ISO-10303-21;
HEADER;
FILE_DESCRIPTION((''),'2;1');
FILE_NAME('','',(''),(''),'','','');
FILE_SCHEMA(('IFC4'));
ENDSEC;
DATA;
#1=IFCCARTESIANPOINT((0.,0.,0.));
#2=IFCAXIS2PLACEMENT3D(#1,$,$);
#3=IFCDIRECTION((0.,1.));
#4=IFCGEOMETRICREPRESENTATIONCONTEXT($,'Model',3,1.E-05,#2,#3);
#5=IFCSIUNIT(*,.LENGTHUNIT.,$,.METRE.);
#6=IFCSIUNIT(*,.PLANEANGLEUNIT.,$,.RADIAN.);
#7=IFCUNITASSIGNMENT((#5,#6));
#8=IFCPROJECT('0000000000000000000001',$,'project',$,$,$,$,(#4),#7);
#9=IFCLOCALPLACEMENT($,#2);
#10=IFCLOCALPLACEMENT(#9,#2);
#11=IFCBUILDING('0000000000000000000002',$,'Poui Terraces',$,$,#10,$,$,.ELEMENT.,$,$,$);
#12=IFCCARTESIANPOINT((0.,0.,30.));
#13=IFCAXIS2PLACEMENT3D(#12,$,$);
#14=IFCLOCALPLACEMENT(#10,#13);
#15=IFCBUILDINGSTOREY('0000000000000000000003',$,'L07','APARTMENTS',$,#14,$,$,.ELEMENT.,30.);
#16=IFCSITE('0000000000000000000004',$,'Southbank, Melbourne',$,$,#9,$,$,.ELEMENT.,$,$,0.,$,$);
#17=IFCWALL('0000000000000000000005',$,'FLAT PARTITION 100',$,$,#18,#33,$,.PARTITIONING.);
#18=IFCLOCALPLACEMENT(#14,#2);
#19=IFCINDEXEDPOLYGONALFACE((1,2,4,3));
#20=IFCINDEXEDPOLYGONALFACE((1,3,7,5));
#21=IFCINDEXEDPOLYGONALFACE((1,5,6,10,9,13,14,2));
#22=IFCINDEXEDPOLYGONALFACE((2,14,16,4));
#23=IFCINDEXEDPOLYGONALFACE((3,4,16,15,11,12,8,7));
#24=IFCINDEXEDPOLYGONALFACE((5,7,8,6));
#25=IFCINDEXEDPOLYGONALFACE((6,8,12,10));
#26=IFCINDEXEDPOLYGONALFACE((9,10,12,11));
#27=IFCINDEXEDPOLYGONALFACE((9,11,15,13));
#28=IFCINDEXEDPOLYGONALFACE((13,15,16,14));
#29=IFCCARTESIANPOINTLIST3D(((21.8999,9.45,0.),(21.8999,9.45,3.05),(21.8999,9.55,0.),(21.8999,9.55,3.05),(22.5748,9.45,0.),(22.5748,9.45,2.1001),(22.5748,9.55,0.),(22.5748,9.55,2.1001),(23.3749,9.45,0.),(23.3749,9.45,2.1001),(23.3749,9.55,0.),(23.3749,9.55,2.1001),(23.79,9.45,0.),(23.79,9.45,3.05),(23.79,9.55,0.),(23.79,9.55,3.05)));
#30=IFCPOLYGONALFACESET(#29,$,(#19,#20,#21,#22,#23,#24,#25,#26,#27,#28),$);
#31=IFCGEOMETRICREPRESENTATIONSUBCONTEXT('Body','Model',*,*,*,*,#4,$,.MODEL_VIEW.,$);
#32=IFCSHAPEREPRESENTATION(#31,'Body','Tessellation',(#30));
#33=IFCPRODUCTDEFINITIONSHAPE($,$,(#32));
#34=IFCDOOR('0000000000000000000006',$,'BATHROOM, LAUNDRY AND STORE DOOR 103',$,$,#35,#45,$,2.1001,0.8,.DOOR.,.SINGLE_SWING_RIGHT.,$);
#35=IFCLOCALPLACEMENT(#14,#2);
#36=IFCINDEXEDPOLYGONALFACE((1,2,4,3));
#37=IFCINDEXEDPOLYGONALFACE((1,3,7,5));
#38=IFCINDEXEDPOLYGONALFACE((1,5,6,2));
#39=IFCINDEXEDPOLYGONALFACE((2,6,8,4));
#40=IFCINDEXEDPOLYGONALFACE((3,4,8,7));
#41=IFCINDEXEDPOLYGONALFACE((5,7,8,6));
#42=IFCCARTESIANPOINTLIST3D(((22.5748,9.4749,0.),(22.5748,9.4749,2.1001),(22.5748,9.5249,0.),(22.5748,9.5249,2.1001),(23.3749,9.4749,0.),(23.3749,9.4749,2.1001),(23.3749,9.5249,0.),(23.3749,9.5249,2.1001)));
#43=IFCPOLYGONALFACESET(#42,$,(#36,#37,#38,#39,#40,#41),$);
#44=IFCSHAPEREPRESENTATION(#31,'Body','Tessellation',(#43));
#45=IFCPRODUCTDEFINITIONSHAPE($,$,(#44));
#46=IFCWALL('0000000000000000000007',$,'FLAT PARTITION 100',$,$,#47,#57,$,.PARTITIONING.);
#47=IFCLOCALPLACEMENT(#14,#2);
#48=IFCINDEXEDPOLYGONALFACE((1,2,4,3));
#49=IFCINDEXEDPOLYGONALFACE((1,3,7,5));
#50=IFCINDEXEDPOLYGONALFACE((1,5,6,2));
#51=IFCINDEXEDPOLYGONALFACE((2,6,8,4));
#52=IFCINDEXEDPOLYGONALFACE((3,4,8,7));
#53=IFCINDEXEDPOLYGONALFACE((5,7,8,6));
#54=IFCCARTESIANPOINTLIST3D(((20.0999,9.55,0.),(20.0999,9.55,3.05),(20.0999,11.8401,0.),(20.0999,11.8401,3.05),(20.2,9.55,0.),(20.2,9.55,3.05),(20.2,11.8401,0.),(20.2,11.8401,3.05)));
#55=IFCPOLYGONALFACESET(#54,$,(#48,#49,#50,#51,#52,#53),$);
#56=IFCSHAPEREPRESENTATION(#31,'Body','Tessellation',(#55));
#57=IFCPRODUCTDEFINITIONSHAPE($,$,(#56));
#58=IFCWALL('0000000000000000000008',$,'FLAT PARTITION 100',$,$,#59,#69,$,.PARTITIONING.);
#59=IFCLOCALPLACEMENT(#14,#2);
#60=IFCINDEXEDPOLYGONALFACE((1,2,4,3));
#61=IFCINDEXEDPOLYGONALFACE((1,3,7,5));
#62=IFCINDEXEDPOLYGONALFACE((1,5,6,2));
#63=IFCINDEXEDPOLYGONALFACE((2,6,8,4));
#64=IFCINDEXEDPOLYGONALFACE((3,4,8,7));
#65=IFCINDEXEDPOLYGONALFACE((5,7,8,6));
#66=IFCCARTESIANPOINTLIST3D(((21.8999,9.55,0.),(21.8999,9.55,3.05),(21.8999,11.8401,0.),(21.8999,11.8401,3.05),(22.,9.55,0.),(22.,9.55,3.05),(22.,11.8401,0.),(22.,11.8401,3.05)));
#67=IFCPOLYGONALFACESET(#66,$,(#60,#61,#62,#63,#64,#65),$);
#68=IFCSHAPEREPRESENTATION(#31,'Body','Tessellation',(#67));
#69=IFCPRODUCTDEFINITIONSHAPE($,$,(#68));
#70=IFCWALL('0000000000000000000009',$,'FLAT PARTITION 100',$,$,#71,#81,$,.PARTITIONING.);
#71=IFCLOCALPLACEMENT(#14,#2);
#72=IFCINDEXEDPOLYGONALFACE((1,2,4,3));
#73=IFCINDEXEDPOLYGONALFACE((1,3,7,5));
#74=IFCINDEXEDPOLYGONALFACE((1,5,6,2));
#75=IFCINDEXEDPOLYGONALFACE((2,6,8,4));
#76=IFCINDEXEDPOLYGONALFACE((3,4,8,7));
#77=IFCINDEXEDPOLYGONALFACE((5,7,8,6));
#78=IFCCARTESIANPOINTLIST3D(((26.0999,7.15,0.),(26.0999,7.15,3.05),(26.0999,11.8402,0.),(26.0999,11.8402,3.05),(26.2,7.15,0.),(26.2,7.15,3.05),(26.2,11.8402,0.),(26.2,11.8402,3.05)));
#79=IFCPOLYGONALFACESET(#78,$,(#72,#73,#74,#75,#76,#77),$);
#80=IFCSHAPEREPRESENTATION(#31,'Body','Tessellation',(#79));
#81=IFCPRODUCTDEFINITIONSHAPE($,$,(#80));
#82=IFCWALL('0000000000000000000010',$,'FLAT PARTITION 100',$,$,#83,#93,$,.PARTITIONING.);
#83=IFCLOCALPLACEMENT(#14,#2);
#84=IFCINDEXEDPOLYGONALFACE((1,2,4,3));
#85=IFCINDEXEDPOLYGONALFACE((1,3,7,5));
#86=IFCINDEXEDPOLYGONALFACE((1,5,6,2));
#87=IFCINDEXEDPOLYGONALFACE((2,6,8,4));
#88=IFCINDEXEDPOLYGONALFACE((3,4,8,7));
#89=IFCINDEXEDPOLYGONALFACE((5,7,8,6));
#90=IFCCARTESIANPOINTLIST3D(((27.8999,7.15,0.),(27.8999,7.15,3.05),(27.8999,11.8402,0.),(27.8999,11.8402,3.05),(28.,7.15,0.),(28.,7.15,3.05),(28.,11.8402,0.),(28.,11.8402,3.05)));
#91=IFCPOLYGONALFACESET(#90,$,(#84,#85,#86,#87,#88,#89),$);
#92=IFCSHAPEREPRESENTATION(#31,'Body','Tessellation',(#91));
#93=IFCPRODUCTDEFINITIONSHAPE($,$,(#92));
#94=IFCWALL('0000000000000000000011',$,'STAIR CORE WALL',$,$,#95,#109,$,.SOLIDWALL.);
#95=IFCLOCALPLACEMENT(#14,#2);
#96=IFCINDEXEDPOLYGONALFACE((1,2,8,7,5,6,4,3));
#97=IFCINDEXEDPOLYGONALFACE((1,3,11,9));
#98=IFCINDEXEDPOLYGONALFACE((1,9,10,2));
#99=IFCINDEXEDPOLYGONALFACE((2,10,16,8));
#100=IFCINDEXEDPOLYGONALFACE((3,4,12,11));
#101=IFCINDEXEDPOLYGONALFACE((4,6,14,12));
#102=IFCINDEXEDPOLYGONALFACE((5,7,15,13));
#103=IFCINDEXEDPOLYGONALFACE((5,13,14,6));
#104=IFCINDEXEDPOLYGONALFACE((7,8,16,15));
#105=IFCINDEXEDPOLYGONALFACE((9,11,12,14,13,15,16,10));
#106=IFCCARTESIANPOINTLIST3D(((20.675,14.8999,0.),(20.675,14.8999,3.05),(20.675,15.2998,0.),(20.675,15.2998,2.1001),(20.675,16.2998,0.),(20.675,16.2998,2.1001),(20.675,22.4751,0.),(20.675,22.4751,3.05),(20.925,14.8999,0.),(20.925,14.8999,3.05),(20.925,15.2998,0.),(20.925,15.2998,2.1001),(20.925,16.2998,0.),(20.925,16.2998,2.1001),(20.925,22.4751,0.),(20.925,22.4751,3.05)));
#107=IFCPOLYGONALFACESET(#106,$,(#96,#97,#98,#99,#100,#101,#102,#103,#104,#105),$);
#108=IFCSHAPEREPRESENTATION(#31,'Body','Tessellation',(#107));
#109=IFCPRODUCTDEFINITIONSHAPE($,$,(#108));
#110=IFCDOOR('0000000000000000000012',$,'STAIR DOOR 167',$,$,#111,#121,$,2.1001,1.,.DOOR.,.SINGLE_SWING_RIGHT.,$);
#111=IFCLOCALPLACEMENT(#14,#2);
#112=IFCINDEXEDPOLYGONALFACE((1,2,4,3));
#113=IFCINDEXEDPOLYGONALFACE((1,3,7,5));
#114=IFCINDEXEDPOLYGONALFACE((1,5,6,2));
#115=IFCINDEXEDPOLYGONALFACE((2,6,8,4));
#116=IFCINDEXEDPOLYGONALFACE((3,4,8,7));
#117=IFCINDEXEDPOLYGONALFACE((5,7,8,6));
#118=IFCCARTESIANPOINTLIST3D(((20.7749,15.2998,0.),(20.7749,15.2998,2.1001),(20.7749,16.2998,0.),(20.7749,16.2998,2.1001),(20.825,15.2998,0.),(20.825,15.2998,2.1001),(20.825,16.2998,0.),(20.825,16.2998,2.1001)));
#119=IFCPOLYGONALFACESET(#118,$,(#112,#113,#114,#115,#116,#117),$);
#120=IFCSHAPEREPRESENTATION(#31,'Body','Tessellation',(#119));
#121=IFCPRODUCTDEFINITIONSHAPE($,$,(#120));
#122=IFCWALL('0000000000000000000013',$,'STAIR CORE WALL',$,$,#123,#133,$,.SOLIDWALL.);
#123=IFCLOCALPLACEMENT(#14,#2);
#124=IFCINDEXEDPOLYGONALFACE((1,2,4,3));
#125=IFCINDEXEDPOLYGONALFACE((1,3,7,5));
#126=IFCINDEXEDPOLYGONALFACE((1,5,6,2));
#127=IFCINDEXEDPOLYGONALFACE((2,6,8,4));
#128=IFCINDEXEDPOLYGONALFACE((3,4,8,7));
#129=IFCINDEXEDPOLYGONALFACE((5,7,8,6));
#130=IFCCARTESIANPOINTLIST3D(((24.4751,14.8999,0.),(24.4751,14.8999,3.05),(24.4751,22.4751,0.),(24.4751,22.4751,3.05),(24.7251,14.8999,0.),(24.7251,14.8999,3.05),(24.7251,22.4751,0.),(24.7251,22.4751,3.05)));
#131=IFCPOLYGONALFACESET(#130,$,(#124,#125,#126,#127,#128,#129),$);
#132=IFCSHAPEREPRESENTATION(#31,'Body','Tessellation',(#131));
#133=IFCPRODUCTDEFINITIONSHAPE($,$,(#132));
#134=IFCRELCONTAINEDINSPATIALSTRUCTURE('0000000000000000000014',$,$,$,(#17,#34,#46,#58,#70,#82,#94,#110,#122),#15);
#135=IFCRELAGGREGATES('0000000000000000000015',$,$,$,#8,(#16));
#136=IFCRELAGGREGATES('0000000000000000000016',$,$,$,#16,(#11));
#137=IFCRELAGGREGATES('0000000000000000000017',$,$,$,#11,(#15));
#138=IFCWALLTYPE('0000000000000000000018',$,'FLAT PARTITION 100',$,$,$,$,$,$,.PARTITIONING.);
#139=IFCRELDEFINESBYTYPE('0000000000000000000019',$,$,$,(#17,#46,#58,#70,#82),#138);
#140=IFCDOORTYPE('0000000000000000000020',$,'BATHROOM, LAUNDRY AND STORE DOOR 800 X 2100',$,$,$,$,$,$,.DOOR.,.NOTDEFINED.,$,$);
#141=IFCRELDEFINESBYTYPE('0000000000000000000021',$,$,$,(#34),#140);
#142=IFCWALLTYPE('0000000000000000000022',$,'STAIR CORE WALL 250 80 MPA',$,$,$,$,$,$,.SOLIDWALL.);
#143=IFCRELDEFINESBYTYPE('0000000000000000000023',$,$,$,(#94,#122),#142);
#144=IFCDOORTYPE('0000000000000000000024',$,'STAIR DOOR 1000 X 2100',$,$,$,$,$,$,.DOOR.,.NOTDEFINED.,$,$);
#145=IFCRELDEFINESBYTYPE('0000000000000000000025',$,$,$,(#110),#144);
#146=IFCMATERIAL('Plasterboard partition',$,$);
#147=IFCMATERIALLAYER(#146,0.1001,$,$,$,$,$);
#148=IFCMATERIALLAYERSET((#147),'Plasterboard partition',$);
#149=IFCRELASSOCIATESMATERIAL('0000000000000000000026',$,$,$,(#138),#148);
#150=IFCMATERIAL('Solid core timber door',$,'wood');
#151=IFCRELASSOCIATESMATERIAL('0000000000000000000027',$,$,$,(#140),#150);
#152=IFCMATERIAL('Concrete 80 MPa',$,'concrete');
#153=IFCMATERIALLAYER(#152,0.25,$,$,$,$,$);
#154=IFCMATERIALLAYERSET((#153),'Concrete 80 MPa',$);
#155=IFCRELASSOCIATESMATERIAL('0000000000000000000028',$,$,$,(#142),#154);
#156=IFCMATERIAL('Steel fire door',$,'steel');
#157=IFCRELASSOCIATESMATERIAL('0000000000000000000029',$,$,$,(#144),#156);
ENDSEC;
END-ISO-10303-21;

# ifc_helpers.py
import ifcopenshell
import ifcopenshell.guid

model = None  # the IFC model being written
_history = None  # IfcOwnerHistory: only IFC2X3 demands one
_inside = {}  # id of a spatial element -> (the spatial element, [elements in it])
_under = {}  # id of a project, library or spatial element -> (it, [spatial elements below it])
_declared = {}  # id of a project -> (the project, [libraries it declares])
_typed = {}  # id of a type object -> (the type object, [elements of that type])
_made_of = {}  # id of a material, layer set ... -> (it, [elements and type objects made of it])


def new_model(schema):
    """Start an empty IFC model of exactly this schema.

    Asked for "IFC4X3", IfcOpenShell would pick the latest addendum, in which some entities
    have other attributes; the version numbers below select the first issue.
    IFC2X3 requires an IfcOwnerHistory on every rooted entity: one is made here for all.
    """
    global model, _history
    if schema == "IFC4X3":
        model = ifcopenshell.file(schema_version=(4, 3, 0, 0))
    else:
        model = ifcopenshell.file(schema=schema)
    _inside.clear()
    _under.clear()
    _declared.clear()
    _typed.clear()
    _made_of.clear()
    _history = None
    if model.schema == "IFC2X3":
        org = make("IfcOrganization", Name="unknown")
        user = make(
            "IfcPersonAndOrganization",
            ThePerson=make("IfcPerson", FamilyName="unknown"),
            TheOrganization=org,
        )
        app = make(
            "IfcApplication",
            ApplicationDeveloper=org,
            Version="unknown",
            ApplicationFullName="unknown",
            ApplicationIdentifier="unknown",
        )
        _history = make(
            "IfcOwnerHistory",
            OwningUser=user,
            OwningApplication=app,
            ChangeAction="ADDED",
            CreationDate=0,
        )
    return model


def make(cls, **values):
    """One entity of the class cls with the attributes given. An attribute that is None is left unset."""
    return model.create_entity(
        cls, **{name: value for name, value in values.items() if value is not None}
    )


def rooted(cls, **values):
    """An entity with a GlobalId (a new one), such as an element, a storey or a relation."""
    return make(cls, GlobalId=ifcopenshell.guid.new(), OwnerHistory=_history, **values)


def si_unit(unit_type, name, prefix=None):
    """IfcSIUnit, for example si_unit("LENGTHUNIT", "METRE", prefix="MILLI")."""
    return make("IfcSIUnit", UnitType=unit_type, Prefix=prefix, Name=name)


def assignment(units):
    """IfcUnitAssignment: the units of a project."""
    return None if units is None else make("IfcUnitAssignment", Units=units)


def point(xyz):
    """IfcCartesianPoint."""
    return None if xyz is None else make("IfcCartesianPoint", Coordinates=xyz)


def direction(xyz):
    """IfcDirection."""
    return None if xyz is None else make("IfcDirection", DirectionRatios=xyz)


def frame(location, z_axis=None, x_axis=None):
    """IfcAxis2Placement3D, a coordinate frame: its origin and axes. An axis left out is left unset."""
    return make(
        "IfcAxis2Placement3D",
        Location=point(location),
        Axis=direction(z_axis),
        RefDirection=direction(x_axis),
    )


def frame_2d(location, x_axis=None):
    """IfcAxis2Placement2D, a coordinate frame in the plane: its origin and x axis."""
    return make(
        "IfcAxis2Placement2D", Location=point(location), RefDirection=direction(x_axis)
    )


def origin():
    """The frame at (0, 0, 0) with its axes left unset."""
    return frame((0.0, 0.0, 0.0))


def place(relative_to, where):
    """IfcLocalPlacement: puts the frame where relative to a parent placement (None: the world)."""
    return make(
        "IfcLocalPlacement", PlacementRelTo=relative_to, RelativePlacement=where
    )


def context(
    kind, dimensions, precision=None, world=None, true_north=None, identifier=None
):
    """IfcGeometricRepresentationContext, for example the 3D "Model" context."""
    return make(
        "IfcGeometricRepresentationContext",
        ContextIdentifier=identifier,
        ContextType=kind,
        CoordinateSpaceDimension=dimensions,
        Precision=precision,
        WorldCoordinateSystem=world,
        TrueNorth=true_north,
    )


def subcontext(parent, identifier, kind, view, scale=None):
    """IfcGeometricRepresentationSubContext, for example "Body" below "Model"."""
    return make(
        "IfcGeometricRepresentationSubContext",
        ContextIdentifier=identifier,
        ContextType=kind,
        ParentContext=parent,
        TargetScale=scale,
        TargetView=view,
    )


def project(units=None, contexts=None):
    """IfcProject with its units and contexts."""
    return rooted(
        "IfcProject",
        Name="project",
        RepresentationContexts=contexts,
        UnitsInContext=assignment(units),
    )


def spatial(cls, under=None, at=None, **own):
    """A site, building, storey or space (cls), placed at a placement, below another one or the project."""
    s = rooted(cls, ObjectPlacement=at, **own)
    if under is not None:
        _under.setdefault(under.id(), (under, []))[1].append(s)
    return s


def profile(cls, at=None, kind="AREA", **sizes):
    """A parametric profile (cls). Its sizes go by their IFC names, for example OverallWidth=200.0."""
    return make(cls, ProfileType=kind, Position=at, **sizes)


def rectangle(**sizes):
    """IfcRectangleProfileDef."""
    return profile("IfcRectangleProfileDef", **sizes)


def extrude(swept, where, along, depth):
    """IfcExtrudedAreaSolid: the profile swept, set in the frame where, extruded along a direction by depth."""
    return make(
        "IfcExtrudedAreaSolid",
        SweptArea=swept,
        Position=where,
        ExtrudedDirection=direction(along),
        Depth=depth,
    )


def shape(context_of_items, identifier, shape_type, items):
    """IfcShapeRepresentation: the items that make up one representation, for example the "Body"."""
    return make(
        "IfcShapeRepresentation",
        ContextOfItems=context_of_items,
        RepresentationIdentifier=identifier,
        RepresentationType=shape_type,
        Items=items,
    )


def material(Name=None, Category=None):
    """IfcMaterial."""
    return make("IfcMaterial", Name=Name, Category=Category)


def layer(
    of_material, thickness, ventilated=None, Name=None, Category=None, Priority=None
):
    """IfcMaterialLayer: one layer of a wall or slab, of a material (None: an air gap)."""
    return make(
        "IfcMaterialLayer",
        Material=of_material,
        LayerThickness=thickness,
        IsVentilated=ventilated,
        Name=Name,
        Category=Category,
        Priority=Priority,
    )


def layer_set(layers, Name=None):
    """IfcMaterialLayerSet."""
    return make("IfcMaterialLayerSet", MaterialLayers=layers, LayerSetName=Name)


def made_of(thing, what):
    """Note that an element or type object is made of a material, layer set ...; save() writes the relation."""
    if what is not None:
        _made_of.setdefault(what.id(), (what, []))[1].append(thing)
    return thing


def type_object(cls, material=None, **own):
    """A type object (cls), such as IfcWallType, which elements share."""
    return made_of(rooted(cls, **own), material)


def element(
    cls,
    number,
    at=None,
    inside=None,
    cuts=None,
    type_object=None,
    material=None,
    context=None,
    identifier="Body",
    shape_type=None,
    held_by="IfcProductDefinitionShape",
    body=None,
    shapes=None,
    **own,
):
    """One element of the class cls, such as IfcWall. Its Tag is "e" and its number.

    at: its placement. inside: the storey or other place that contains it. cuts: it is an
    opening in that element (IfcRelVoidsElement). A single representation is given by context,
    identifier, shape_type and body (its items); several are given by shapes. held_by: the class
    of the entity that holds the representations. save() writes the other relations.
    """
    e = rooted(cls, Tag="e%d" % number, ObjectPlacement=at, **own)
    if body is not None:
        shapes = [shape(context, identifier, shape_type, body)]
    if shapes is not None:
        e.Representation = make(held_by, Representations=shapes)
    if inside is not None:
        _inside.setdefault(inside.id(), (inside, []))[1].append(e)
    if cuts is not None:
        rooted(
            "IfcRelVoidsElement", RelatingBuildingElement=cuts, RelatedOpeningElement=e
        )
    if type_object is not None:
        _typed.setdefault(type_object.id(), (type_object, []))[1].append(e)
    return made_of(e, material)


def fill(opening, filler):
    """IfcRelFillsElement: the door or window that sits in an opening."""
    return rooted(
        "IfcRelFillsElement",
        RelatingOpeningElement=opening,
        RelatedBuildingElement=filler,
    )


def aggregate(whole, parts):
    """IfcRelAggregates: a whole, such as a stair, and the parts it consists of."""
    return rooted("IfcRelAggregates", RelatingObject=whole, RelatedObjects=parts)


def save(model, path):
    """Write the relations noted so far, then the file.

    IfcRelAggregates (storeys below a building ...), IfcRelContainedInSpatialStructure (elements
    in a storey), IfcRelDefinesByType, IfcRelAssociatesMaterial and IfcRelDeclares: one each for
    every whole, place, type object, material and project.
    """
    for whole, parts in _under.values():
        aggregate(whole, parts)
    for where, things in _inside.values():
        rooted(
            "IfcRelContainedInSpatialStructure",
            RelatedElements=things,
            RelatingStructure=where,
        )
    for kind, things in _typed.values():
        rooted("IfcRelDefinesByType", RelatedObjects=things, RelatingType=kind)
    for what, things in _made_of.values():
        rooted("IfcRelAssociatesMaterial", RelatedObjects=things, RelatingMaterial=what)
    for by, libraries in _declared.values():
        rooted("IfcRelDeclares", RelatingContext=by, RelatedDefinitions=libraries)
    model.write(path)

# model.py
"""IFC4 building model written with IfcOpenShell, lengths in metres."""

from ifc_helpers import new_model, si_unit, direction, frame, frame_2d, origin, place, context, subcontext, project, spatial, rectangle, extrude, material, layer, layer_set, type_object, element, fill, save


model = new_model("IFC4")

# Units and contexts
model_context = context("Model", 3, precision=1e-05, world=origin(), true_north=direction((0.0, 1.0)))
body_context = subcontext(model_context, "Body", "Model", "MODEL_VIEW")
ifc_project = project(units=[si_unit("LENGTHUNIT", "METRE"), si_unit("PLANEANGLEUNIT", "RADIAN")], contexts=[model_context])

# Site, building, storey
site_placement = place(None, origin())
site = spatial("IfcSite", under=ifc_project, at=site_placement, Name="Southbank, Melbourne", CompositionType="ELEMENT", RefElevation=0.0)
building_placement = place(site_placement, origin())
building = spatial("IfcBuilding", under=site, at=building_placement, Name="Poui Terraces", CompositionType="ELEMENT")
storey_placement = place(building_placement, frame((0.0, 0.0, 30.0)))
storey = spatial("IfcBuildingStorey", under=building, at=storey_placement, Name="L07", Description="APARTMENTS", CompositionType="ELEMENT", Elevation=30.0)

# Shared definitions
ifc_material_1 = material(Name="Concrete 80 MPa", Category="concrete")

# Shared definitions
ifc_material_2 = material(Name="Steel fire door", Category="steel")

# Wall, opening, door
ifc_material_3 = material(Name="Plasterboard partition")
ifc_layer_1 = layer(ifc_material_3, 0.1001)
ifc_layer_set_1 = layer_set([ifc_layer_1], Name="Plasterboard partition")
wall_type_1 = type_object("IfcWallType", Name="FLAT PARTITION 100", PredefinedType="PARTITIONING", material=ifc_layer_set_1)
ifc_material_4 = material(Name="Solid core timber door", Category="wood")
wall_1_placement = place(storey_placement, frame((21.8999, 9.5, 0.0), z_axis=(0.0, 0.0, 1.0), x_axis=(1.0, 0.0, 0.0)))
wall_1 = element("IfcWall", 1, at=wall_1_placement, inside=storey, type_object=wall_type_1, Name="FLAT PARTITION 100", PredefinedType="PARTITIONING", context=body_context, shape_type="SweptSolid", body=[
    extrude(rectangle(XDim=1.8901, YDim=0.1001, at=frame_2d((0.9451, 0.0))), origin(), (0.0, 0.0, 1.0), 3.05),
])
opening_1_placement = place(wall_1_placement, frame((0.675, 0.0, 0.0)))
opening_1 = element("IfcOpeningElement", 2, at=opening_1_placement, cuts=wall_1, PredefinedType="OPENING", context=body_context, shape_type="SweptSolid", body=[
    extrude(rectangle(XDim=0.8, YDim=2.1001, at=frame_2d((0.3999, 1.05))), frame((0.0, 0.0601, 0.0), z_axis=(0.0, -1.0, 0.0), x_axis=(1.0, 0.0, 0.0)), (0.0, 0.0, 1.0), 0.1201),
])
door_type_1 = type_object("IfcDoorType", Name="BATHROOM, LAUNDRY AND STORE DOOR 800 X 2100", OperationType="NOTDEFINED", PredefinedType="DOOR", material=ifc_material_4)
door_1_placement = place(opening_1_placement, origin())
door_1 = element("IfcDoor", 3, at=door_1_placement, inside=storey, type_object=door_type_1, Name="BATHROOM, LAUNDRY AND STORE DOOR 103", OperationType="SINGLE_SWING_RIGHT", OverallHeight=2.1001, OverallWidth=0.8, PredefinedType="DOOR", context=body_context, shape_type="SweptSolid", body=[
    extrude(rectangle(XDim=0.8, YDim=2.1001, at=frame_2d((0.3999, 1.05))), frame((0.0, 0.0249, 0.0), z_axis=(0.0, -1.0, 0.0), x_axis=(1.0, 0.0, 0.0)), (0.0, 0.0, 1.0), 0.05),
])
fill(opening_1, door_1)

# Walls
for number, where, z_axis, x_axis, name in (
    (4, (20.1499, 9.55, 0.0), (0.0, 0.0, 1.0), (0.0, 1.0, 0.0), "FLAT PARTITION 100"),
    (5, (21.95, 9.55, 0.0), (0.0, 0.0, 1.0), (0.0, 1.0, 0.0), "FLAT PARTITION 100"),
):
    element("IfcWall", number, at=place(storey_placement, frame(where, z_axis=z_axis, x_axis=x_axis)), inside=storey, type_object=wall_type_1, Name=name, PredefinedType="PARTITIONING", context=body_context, shape_type="SweptSolid", body=[
        extrude(rectangle(XDim=2.29, YDim=0.1001, at=frame_2d((1.145, 0.0))), origin(), (0.0, 0.0, 1.0), 3.05),
    ])
for number, where, z_axis, x_axis, name in (
    (6, (26.1499, 7.1499, 0.0), (0.0, 0.0, 1.0), (0.0, 1.0, 0.0), "FLAT PARTITION 100"),
    (7, (27.95, 7.1499, 0.0), (0.0, 0.0, 1.0), (0.0, 1.0, 0.0), "FLAT PARTITION 100"),
):
    element("IfcWall", number, at=place(storey_placement, frame(where, z_axis=z_axis, x_axis=x_axis)), inside=storey, type_object=wall_type_1, Name=name, PredefinedType="PARTITIONING", context=body_context, shape_type="SweptSolid", body=[
        extrude(rectangle(XDim=4.6902, YDim=0.1001, at=frame_2d((2.3452, 0.0))), origin(), (0.0, 0.0, 1.0), 3.05),
    ])

# Wall, opening, door
ifc_layer_2 = layer(ifc_material_1, 0.25)
ifc_layer_set_2 = layer_set([ifc_layer_2], Name="Concrete 80 MPa")
wall_type_2 = type_object("IfcWallType", Name="STAIR CORE WALL 250 80 MPA", PredefinedType="SOLIDWALL", material=ifc_layer_set_2)
wall_2_placement = place(storey_placement, frame((20.8, 14.8999, 0.0), z_axis=(0.0, 0.0, 1.0), x_axis=(0.0, 1.0, 0.0)))
wall_2 = element("IfcWall", 8, at=wall_2_placement, inside=storey, type_object=wall_type_2, Name="STAIR CORE WALL", PredefinedType="SOLIDWALL", context=body_context, shape_type="SweptSolid", body=[
    extrude(rectangle(XDim=7.5752, YDim=0.25, at=frame_2d((3.7876, 0.0))), origin(), (0.0, 0.0, 1.0), 3.05),
])
opening_2_placement = place(wall_2_placement, frame((0.3999, 0.0, 0.0)))
opening_2 = element("IfcOpeningElement", 9, at=opening_2_placement, cuts=wall_2, PredefinedType="OPENING", context=body_context, shape_type="SweptSolid", body=[
    extrude(rectangle(XDim=1.0, YDim=2.1001, at=frame_2d((0.5, 1.05))), frame((0.0, 0.135, 0.0), z_axis=(0.0, -1.0, 0.0), x_axis=(1.0, 0.0, 0.0)), (0.0, 0.0, 1.0), 0.27),
])
door_type_2 = type_object("IfcDoorType", Name="STAIR DOOR 1000 X 2100", OperationType="NOTDEFINED", PredefinedType="DOOR", material=ifc_material_2)
door_2_placement = place(opening_2_placement, frame((1.0, 0.0, 0.0), z_axis=(0.0, 0.0, 1.0), x_axis=(-1.0, 0.0, 0.0)))
door_2 = element("IfcDoor", 10, at=door_2_placement, inside=storey, type_object=door_type_2, Name="STAIR DOOR 167", OperationType="SINGLE_SWING_RIGHT", OverallHeight=2.1001, OverallWidth=1.0, PredefinedType="DOOR", context=body_context, shape_type="SweptSolid", body=[
    extrude(rectangle(XDim=1.0, YDim=2.1001, at=frame_2d((0.5, 1.05))), frame((0.0, 0.0249, 0.0), z_axis=(0.0, -1.0, 0.0), x_axis=(1.0, 0.0, 0.0)), (0.0, 0.0, 1.0), 0.05),
])
fill(opening_2, door_2)

# Wall
wall_3_placement = place(storey_placement, frame((24.6001, 14.8999, 0.0), z_axis=(0.0, 0.0, 1.0), x_axis=(0.0, 1.0, 0.0)))
element("IfcWall", 11, at=wall_3_placement, inside=storey, type_object=wall_type_2, Name="STAIR CORE WALL", PredefinedType="SOLIDWALL", context=body_context, shape_type="SweptSolid", body=[
    extrude(rectangle(XDim=7.5752, YDim=0.25, at=frame_2d((3.7876, 0.0))), origin(), (0.0, 0.0, 1.0), 3.05),
])

save(model, "model.ifc")
